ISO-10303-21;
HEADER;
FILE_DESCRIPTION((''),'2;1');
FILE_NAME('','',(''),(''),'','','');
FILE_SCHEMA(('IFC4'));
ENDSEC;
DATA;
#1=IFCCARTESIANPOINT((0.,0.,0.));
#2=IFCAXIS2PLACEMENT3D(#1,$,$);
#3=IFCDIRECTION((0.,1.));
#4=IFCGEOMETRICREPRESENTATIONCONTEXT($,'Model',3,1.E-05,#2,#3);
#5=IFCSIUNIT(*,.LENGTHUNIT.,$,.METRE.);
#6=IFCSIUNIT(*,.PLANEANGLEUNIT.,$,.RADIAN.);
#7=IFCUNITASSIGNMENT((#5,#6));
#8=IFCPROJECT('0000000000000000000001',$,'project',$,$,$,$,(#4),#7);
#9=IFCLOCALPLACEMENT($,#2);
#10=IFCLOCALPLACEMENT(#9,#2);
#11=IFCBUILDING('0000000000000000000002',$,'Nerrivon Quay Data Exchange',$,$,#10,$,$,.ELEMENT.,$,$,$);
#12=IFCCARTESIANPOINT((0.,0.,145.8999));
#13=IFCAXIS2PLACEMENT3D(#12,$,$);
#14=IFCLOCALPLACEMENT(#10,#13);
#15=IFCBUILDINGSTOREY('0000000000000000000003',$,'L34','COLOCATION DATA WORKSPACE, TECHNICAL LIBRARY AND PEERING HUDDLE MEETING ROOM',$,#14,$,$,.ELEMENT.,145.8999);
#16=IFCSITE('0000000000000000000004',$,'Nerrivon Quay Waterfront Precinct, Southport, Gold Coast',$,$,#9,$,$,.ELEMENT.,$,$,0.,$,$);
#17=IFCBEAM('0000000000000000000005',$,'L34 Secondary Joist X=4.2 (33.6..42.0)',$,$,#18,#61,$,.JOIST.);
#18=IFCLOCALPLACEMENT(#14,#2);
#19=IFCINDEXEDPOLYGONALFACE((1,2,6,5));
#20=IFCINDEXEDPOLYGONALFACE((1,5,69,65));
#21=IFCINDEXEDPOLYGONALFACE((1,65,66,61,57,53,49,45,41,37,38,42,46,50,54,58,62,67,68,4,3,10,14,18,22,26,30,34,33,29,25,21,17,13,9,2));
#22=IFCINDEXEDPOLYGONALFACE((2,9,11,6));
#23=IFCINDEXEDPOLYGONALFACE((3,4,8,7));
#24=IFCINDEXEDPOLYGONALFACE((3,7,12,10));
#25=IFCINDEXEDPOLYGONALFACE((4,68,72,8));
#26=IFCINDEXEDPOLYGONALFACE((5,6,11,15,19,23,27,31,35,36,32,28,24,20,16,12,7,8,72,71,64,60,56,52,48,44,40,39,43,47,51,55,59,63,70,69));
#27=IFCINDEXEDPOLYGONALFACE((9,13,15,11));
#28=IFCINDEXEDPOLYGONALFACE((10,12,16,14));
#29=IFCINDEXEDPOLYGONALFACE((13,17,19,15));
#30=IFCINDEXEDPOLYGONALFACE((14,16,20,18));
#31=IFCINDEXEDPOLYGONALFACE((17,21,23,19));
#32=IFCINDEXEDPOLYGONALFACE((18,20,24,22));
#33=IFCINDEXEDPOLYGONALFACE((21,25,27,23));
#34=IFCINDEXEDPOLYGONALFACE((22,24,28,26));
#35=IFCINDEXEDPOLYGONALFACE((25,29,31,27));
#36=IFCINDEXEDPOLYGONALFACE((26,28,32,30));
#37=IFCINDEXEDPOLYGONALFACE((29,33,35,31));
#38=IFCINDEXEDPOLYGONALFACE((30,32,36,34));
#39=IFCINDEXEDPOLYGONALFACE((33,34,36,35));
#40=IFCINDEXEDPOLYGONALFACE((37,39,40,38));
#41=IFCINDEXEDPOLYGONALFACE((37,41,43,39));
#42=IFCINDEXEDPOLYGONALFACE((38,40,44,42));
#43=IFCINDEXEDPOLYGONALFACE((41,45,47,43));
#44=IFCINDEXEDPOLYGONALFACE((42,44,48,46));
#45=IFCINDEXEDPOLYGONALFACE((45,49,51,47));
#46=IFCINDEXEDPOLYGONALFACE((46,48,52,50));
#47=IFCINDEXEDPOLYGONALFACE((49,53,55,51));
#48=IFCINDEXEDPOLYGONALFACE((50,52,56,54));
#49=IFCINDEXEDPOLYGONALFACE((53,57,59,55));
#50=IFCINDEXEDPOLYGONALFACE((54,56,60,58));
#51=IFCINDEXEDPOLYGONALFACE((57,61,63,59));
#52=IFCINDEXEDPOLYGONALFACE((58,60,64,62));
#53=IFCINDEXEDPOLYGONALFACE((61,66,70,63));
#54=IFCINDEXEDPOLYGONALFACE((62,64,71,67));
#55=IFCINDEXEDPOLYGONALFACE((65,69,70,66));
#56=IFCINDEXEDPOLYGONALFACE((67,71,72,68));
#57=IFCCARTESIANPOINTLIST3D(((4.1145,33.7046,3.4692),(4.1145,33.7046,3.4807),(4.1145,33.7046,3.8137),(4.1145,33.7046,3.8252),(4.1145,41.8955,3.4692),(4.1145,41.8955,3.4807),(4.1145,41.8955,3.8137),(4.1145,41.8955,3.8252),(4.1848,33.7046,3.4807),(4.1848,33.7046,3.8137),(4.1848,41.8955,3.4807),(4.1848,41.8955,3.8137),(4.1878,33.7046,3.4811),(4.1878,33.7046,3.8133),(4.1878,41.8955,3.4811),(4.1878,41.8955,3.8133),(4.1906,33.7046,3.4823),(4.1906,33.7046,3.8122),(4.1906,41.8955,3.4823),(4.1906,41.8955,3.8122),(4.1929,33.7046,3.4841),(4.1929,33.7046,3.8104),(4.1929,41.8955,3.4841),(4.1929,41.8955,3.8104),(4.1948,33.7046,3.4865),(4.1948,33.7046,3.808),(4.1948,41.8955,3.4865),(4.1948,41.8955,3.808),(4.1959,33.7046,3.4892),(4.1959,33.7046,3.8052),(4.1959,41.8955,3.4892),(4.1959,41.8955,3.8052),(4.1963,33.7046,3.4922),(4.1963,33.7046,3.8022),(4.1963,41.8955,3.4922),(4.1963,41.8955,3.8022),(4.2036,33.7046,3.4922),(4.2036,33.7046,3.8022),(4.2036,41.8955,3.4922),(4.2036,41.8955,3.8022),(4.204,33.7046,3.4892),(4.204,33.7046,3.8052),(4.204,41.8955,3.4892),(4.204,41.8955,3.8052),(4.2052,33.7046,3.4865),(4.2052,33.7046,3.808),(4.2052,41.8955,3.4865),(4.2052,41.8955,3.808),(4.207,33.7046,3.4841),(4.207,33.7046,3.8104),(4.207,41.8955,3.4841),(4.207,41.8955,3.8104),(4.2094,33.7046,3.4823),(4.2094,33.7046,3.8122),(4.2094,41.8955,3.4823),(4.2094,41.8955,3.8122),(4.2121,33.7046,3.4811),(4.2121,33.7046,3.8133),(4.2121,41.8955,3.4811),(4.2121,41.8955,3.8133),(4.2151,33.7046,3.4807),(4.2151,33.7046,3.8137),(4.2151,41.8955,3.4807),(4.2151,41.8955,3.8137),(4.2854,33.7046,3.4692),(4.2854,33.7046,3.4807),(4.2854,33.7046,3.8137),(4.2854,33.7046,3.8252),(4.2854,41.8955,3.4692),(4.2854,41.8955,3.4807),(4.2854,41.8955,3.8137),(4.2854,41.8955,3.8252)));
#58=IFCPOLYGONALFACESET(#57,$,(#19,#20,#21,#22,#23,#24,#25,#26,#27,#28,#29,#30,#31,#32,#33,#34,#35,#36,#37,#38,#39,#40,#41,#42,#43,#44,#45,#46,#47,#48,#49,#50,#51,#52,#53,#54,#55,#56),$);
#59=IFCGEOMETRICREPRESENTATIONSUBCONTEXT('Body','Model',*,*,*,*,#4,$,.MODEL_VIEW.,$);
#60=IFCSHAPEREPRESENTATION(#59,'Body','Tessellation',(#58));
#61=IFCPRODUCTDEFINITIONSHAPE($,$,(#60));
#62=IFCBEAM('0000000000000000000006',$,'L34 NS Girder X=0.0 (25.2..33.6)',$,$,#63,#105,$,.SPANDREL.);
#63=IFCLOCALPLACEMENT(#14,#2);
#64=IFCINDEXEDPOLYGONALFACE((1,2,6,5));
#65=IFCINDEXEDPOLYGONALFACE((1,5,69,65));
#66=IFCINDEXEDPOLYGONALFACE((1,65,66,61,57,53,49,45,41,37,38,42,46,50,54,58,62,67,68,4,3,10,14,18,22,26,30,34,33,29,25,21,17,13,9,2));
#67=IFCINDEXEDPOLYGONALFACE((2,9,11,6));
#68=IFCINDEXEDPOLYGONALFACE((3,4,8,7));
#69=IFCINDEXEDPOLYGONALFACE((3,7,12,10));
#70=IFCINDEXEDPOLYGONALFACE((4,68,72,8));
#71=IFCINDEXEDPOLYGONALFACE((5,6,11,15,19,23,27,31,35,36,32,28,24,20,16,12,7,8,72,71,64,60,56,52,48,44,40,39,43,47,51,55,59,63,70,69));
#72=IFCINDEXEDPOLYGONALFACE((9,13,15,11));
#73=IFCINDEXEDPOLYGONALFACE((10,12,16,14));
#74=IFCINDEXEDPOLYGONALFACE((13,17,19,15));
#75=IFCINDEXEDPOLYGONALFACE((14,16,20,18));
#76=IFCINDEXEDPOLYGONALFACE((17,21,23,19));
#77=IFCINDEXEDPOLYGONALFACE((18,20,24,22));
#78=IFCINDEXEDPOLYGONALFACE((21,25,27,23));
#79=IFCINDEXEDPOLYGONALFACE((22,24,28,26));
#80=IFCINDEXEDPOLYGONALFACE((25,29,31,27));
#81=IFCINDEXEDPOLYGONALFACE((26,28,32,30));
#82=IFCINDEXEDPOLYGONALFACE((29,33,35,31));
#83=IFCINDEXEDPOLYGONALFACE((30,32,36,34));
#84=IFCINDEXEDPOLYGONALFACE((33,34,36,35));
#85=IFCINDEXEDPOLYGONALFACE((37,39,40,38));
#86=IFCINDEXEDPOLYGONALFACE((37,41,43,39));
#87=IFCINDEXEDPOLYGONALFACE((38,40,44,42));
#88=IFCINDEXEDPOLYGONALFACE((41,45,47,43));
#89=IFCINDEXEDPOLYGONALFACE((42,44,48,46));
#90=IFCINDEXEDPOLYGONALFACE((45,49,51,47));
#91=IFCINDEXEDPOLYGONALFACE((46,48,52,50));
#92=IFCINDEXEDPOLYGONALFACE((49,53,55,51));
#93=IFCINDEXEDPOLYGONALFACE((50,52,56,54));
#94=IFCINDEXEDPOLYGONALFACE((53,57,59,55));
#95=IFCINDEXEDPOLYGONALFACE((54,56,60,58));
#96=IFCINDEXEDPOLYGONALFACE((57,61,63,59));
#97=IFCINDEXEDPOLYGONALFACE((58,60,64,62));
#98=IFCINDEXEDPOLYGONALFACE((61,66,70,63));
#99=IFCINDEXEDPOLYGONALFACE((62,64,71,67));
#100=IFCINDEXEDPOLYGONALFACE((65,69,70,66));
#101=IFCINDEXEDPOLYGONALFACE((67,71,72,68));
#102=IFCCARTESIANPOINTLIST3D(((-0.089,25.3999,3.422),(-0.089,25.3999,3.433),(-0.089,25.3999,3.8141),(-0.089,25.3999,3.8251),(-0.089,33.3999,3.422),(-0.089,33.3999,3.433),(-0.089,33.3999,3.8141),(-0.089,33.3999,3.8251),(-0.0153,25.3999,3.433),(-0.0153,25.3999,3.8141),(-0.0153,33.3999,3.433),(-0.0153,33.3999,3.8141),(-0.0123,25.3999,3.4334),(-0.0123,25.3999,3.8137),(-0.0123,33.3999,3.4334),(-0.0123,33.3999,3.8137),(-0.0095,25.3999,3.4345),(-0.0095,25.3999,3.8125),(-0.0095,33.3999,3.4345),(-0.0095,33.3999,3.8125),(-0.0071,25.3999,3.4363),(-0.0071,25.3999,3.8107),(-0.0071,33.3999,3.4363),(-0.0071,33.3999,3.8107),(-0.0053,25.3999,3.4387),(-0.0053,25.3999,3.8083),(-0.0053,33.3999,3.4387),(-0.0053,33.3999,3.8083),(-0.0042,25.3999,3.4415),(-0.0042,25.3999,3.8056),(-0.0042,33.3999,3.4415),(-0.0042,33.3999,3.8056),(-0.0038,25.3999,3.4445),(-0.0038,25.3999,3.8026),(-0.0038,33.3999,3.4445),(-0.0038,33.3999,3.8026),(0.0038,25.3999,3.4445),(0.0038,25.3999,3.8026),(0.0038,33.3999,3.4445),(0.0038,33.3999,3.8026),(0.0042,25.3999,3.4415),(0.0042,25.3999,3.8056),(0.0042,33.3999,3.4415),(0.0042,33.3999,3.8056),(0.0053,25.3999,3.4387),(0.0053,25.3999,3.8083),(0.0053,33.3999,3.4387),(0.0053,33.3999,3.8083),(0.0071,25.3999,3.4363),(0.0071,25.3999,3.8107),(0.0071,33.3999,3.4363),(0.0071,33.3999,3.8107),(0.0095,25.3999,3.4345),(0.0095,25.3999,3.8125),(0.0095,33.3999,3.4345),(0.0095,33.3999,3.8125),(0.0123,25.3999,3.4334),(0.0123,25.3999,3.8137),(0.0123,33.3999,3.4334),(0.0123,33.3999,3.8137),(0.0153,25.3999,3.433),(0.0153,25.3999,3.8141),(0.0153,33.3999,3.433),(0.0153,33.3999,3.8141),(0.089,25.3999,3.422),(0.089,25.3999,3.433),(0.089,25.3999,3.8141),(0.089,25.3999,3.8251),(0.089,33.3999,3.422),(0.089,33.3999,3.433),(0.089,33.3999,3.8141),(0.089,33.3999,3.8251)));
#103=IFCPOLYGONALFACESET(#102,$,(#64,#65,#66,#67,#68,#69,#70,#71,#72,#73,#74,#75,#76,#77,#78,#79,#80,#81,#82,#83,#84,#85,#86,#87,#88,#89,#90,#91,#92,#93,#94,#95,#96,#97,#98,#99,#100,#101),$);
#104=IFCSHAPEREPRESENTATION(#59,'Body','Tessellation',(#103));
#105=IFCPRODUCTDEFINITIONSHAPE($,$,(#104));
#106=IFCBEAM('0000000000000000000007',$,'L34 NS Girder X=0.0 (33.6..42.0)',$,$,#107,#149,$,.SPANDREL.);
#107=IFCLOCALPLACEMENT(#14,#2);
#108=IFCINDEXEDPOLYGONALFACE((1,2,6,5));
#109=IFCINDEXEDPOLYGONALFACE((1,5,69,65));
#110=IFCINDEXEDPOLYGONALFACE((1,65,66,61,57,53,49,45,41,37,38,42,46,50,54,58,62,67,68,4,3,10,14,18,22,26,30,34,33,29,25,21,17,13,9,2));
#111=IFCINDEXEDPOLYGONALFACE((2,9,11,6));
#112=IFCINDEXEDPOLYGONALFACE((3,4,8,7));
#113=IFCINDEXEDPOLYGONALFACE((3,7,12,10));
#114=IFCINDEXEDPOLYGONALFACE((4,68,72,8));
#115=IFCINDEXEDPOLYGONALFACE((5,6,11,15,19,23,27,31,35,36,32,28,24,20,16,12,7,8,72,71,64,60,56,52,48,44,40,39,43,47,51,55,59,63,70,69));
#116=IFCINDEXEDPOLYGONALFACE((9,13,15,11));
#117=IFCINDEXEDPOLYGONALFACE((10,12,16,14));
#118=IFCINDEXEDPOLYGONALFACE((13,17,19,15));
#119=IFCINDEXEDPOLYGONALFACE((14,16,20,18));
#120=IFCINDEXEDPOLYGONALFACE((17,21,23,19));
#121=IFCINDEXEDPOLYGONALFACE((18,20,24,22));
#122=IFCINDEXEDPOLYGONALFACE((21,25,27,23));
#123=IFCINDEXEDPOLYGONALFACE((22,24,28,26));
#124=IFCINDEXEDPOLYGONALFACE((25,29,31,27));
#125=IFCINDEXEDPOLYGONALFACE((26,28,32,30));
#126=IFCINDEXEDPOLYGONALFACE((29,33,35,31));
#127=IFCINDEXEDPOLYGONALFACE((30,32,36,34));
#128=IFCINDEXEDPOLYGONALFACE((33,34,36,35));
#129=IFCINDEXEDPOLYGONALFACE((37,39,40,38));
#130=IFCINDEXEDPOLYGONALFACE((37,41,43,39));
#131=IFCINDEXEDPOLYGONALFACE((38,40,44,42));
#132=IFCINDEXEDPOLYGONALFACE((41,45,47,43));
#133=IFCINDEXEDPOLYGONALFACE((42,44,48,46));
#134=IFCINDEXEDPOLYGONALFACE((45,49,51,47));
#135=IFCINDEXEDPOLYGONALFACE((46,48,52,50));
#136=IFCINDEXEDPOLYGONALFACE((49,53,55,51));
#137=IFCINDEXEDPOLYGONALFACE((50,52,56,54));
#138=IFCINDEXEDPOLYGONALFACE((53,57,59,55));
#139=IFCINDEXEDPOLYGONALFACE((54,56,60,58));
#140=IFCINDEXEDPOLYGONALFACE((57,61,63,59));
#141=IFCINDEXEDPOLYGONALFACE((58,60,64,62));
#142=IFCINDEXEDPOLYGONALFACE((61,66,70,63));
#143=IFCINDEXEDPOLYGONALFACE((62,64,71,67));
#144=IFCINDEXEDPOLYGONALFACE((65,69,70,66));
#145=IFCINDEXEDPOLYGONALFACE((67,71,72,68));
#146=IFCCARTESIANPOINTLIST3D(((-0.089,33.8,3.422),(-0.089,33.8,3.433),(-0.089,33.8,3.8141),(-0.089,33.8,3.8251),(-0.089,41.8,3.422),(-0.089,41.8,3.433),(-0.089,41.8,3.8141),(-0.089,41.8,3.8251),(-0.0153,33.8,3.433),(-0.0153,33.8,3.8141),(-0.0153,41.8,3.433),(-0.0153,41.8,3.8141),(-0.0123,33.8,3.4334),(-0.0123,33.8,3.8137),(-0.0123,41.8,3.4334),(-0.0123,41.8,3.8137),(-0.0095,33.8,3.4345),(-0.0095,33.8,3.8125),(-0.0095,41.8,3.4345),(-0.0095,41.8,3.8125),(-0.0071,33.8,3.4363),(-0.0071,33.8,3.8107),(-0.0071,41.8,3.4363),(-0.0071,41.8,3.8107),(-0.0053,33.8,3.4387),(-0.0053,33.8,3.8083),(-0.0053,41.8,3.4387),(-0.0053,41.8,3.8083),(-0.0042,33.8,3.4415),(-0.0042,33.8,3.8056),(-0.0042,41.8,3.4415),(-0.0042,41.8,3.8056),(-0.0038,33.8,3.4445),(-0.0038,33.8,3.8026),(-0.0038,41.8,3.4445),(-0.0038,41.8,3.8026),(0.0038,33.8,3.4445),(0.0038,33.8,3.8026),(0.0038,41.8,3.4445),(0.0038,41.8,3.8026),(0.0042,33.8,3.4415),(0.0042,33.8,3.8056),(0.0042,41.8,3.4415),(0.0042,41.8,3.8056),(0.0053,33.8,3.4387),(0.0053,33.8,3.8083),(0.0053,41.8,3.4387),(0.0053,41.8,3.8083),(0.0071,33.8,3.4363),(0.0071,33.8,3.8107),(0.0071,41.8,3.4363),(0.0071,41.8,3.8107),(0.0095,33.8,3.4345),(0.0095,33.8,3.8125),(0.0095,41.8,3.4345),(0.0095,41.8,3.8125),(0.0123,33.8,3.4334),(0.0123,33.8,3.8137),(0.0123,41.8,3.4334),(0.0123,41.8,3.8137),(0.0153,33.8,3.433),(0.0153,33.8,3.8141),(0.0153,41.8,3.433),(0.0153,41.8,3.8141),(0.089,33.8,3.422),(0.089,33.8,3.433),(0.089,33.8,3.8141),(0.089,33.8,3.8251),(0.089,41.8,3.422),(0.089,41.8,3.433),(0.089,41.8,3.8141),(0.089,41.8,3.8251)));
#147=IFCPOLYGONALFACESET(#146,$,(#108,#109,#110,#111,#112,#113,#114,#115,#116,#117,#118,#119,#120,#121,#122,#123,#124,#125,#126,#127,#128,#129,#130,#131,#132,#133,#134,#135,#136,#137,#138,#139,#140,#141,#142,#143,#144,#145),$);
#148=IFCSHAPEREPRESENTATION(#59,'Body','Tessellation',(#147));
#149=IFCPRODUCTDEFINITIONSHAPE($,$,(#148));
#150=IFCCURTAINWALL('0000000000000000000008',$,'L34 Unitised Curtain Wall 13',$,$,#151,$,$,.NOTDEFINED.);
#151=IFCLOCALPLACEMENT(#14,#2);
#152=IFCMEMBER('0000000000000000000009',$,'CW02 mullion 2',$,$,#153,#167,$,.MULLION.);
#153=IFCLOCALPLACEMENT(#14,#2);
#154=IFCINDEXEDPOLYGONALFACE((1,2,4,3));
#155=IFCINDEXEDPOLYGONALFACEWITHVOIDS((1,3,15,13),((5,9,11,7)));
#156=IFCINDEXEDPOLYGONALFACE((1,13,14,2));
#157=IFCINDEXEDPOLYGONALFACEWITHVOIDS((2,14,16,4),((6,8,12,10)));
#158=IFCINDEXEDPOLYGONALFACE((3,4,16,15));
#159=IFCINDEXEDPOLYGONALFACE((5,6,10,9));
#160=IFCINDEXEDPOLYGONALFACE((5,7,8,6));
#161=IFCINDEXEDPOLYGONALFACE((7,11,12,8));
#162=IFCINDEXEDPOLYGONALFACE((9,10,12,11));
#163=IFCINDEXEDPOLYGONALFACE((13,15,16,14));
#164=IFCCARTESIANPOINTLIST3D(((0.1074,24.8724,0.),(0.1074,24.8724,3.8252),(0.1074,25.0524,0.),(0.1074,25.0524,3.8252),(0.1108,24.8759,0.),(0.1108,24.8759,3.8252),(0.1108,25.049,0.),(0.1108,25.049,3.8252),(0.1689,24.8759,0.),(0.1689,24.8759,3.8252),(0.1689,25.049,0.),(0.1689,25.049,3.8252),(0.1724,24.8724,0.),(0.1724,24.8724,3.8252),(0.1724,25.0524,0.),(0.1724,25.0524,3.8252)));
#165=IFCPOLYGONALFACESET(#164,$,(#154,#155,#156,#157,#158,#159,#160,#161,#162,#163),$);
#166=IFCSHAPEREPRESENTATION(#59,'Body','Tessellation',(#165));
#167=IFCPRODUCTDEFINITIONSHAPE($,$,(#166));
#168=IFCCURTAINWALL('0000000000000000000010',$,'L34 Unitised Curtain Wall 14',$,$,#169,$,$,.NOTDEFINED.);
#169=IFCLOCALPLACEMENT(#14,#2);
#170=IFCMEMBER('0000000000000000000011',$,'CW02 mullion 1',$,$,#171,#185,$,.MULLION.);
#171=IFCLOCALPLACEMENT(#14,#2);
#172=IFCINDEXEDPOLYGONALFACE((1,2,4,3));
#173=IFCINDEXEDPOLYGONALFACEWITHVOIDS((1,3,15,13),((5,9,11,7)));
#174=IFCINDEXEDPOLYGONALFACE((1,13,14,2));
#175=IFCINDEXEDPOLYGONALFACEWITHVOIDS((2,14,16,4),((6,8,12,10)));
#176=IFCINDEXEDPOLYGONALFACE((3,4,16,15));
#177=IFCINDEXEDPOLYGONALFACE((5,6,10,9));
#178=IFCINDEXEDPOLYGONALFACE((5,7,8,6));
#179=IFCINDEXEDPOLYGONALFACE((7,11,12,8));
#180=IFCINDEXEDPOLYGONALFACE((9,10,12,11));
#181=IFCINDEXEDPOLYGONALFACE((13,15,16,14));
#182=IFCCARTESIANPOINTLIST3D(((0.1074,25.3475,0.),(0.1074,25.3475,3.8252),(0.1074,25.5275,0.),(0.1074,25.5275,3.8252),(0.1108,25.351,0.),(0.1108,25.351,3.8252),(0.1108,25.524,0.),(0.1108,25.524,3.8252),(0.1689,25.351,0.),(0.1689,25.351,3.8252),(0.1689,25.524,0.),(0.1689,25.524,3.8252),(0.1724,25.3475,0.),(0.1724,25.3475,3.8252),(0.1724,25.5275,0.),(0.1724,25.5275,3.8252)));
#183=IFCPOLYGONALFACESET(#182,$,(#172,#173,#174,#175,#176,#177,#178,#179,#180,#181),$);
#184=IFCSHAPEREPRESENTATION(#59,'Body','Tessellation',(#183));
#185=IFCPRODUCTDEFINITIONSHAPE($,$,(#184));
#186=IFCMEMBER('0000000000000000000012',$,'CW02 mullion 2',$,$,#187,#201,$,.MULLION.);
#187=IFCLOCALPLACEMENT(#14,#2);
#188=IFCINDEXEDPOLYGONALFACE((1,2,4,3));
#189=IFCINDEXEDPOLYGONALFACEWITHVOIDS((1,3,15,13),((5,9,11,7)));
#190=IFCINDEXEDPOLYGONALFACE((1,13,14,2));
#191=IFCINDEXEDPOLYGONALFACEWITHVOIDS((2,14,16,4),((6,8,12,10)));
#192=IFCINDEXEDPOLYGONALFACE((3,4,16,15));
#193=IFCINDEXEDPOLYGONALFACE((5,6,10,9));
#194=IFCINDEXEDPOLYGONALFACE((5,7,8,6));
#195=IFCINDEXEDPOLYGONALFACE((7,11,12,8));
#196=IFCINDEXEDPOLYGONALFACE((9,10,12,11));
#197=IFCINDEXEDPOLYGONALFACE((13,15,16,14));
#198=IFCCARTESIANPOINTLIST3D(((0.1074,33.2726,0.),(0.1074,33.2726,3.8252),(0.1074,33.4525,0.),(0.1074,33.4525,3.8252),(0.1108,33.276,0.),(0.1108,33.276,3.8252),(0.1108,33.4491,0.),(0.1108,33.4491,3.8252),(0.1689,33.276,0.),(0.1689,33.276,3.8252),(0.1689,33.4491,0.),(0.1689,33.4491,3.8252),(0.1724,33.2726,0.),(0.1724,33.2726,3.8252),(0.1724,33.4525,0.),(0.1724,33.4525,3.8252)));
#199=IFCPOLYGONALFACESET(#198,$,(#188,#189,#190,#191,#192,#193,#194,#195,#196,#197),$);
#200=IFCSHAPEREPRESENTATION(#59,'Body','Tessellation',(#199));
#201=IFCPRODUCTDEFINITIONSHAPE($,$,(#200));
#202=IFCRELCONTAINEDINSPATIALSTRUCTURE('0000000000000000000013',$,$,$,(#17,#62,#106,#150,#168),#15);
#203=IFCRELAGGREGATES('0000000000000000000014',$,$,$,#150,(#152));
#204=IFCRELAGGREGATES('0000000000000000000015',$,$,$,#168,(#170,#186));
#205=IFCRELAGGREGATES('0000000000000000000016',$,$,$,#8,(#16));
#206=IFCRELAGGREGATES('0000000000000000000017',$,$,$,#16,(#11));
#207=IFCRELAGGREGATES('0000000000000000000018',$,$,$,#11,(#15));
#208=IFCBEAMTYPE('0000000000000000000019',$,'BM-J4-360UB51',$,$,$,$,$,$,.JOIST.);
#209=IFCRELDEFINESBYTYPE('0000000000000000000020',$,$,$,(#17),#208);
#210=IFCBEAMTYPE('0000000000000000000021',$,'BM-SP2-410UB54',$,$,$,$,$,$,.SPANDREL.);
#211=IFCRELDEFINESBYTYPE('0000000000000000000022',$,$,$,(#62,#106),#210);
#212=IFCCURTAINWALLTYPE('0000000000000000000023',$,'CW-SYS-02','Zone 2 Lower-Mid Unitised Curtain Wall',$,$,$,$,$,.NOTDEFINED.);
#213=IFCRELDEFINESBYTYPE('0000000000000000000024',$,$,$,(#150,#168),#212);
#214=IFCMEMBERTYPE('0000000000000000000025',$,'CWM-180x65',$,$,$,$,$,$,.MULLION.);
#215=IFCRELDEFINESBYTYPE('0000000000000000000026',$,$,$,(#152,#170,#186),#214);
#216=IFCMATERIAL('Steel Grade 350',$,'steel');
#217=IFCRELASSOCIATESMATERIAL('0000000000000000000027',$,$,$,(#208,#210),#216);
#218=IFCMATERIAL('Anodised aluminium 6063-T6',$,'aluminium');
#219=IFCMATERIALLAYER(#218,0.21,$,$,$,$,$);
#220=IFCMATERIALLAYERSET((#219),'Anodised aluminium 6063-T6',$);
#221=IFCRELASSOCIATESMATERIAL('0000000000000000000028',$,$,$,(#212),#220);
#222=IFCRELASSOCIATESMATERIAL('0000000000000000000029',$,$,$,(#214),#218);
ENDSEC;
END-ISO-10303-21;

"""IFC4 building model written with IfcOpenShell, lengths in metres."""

from ifc_helpers import new_model, si_unit, direction, frame, origin, origin_2d, place, context, subcontext, project, spatial, hollow_rectangle, i_section, extrude, material, layer, layer_set, material_profile, profile_set, type_object, element, aggregate, save


model = new_model("IFC4")

# Units and contexts
model_context = context("Model", 3, precision=1e-05, world=origin(), true_north=direction((0.0, 1.0)))
body_context = subcontext(model_context, "Body", "Model", "MODEL_VIEW")
ifc_project = project(units=[si_unit("LENGTHUNIT", "METRE"), si_unit("PLANEANGLEUNIT", "RADIAN")], contexts=[model_context])

# Site, building, storey
site_placement = place(None, origin())
site = spatial("IfcSite", under=ifc_project, at=site_placement, Name="Nerrivon Quay Waterfront Precinct, Southport, Gold Coast", CompositionType="ELEMENT", RefElevation=0.0)
building_placement = place(site_placement, origin())
building = spatial("IfcBuilding", under=site, at=building_placement, Name="Nerrivon Quay Data Exchange", CompositionType="ELEMENT")
storey_placement = place(building_placement, frame((0.0, 0.0, 145.8999)))
storey = spatial("IfcBuildingStorey", under=building, at=storey_placement, Name="L34", Description="COLOCATION DATA WORKSPACE, TECHNICAL LIBRARY AND PEERING HUDDLE MEETING ROOM", CompositionType="ELEMENT", Elevation=145.8999)

# Shared definitions
ifc_material_1 = material(Name="Steel Grade 350", Category="steel")

# Beams
ifc_material_profile_1 = material_profile(ifc_material_1, i_section(OverallWidth=0.1709, OverallDepth=0.356, WebThickness=0.0073, FlangeThickness=0.0115, FilletRadius=0.0115, at=origin_2d()), Name="360UB50.7")
ifc_profile_set_1 = profile_set([ifc_material_profile_1], Name="Steel Grade 350")
beam_type_1 = type_object("IfcBeamType", Name="BM-J4-360UB51", PredefinedType="JOIST", material=ifc_profile_set_1)
beam_1_placement = place(storey_placement, frame((4.2, 33.7046, 3.6472), z_axis=(0.0, 1.0, 0.0), x_axis=(-1.0, 0.0, 0.0)))
element("IfcBeam", 1, at=beam_1_placement, inside=storey, type_object=beam_type_1, Name="L34 Secondary Joist X=4.2 (33.6..42.0)", PredefinedType="JOIST", context=body_context, shape_type="SweptSolid", body=[
    extrude(i_section(OverallWidth=0.1709, OverallDepth=0.356, WebThickness=0.0073, FlangeThickness=0.0115, FilletRadius=0.0115, at=origin_2d()), origin(), (0.0, 0.0, 1.0), 8.1909),
])
ifc_material_profile_2 = material_profile(ifc_material_1, i_section(OverallWidth=0.178, OverallDepth=0.4031, WebThickness=0.0076, FlangeThickness=0.011, FilletRadius=0.0115, at=origin_2d()), Name="410UB53.7")
ifc_profile_set_2 = profile_set([ifc_material_profile_2], Name="Steel Grade 350")
beam_type_2 = type_object("IfcBeamType", Name="BM-SP2-410UB54", PredefinedType="SPANDREL", material=ifc_profile_set_2)
for number, where, z_axis, x_axis, name in (
    (2, (0.0, 25.3999, 3.6235), (0.0, 1.0, 0.0), (-1.0, 0.0, 0.0), "L34 NS Girder X=0.0 (25.2..33.6)"),
    (3, (0.0, 33.8, 3.6235), (0.0, 1.0, 0.0), (-1.0, 0.0, 0.0), "L34 NS Girder X=0.0 (33.6..42.0)"),
):
    element("IfcBeam", number, at=place(storey_placement, frame(where, z_axis=z_axis, x_axis=x_axis)), inside=storey, type_object=beam_type_2, Name=name, PredefinedType="SPANDREL", context=body_context, shape_type="SweptSolid", body=[
        extrude(i_section(OverallWidth=0.178, OverallDepth=0.4031, WebThickness=0.0076, FlangeThickness=0.011, FilletRadius=0.0115, at=origin_2d()), origin(), (0.0, 0.0, 1.0), 8.0),
    ])

# Curtain wall, member
ifc_material_2 = material(Name="Anodised aluminium 6063-T6", Category="aluminium")
ifc_layer_1 = layer(ifc_material_2, 0.21)
ifc_layer_set_1 = layer_set([ifc_layer_1], Name="Anodised aluminium 6063-T6")
curtain_wall_type = type_object("IfcCurtainWallType", Name="CW-SYS-02", Description="Zone 2 Lower-Mid Unitised Curtain Wall", PredefinedType="NOTDEFINED", material=ifc_layer_set_1)
curtain_wall_1_placement = place(storey_placement, origin())
curtain_wall_1 = element("IfcCurtainWall", 4, at=curtain_wall_1_placement, inside=storey, type_object=curtain_wall_type, Name="L34 Unitised Curtain Wall 13", PredefinedType="NOTDEFINED")
ifc_material_profile_3 = material_profile(ifc_material_2, hollow_rectangle(XDim=0.0649, YDim=0.1799, WallThickness=0.0034, at=origin_2d()), Name="ALU-MULL-180x65")
ifc_profile_set_3 = profile_set([ifc_material_profile_3], Name="Anodised aluminium 6063-T6")
member_type_1 = type_object("IfcMemberType", Name="CWM-180x65", PredefinedType="MULLION", material=ifc_profile_set_3)
member_1_placement = place(storey_placement, frame((0.1399, 24.9624, 0.0), z_axis=(0.0, 0.0, 1.0), x_axis=(-1.0, 0.0, 0.0)))
member_1 = element("IfcMember", 5, at=member_1_placement, type_object=member_type_1, Name="CW02 mullion 2", PredefinedType="MULLION", context=body_context, shape_type="SweptSolid", body=[
    extrude(hollow_rectangle(XDim=0.0649, YDim=0.1799, WallThickness=0.0034, at=origin_2d()), origin(), (0.0, 0.0, 1.0), 3.8252),
])

# Curtain wall, members
curtain_wall_2_placement = place(storey_placement, origin())
curtain_wall_2 = element("IfcCurtainWall", 6, at=curtain_wall_2_placement, inside=storey, type_object=curtain_wall_type, Name="L34 Unitised Curtain Wall 14", PredefinedType="NOTDEFINED")
member_2_placement = place(storey_placement, frame((0.1399, 25.4375, 0.0), z_axis=(0.0, 0.0, 1.0), x_axis=(-1.0, 0.0, 0.0)))
member_2 = element("IfcMember", 7, at=member_2_placement, type_object=member_type_1, Name="CW02 mullion 1", PredefinedType="MULLION", context=body_context, shape_type="SweptSolid", body=[
    extrude(hollow_rectangle(XDim=0.0649, YDim=0.1799, WallThickness=0.0034, at=origin_2d()), origin(), (0.0, 0.0, 1.0), 3.8252),
])
member_3_placement = place(storey_placement, frame((0.1399, 33.3625, 0.0), z_axis=(0.0, 0.0, 1.0), x_axis=(-1.0, 0.0, 0.0)))
member_3 = element("IfcMember", 8, at=member_3_placement, type_object=member_type_1, Name="CW02 mullion 2", PredefinedType="MULLION", context=body_context, shape_type="SweptSolid", body=[
    extrude(hollow_rectangle(XDim=0.0649, YDim=0.1799, WallThickness=0.0034, at=origin_2d()), origin(), (0.0, 0.0, 1.0), 3.8252),
])

aggregate(curtain_wall_1, [member_1])
aggregate(curtain_wall_2, [member_2, member_3])

save(model, "model.ifc")
